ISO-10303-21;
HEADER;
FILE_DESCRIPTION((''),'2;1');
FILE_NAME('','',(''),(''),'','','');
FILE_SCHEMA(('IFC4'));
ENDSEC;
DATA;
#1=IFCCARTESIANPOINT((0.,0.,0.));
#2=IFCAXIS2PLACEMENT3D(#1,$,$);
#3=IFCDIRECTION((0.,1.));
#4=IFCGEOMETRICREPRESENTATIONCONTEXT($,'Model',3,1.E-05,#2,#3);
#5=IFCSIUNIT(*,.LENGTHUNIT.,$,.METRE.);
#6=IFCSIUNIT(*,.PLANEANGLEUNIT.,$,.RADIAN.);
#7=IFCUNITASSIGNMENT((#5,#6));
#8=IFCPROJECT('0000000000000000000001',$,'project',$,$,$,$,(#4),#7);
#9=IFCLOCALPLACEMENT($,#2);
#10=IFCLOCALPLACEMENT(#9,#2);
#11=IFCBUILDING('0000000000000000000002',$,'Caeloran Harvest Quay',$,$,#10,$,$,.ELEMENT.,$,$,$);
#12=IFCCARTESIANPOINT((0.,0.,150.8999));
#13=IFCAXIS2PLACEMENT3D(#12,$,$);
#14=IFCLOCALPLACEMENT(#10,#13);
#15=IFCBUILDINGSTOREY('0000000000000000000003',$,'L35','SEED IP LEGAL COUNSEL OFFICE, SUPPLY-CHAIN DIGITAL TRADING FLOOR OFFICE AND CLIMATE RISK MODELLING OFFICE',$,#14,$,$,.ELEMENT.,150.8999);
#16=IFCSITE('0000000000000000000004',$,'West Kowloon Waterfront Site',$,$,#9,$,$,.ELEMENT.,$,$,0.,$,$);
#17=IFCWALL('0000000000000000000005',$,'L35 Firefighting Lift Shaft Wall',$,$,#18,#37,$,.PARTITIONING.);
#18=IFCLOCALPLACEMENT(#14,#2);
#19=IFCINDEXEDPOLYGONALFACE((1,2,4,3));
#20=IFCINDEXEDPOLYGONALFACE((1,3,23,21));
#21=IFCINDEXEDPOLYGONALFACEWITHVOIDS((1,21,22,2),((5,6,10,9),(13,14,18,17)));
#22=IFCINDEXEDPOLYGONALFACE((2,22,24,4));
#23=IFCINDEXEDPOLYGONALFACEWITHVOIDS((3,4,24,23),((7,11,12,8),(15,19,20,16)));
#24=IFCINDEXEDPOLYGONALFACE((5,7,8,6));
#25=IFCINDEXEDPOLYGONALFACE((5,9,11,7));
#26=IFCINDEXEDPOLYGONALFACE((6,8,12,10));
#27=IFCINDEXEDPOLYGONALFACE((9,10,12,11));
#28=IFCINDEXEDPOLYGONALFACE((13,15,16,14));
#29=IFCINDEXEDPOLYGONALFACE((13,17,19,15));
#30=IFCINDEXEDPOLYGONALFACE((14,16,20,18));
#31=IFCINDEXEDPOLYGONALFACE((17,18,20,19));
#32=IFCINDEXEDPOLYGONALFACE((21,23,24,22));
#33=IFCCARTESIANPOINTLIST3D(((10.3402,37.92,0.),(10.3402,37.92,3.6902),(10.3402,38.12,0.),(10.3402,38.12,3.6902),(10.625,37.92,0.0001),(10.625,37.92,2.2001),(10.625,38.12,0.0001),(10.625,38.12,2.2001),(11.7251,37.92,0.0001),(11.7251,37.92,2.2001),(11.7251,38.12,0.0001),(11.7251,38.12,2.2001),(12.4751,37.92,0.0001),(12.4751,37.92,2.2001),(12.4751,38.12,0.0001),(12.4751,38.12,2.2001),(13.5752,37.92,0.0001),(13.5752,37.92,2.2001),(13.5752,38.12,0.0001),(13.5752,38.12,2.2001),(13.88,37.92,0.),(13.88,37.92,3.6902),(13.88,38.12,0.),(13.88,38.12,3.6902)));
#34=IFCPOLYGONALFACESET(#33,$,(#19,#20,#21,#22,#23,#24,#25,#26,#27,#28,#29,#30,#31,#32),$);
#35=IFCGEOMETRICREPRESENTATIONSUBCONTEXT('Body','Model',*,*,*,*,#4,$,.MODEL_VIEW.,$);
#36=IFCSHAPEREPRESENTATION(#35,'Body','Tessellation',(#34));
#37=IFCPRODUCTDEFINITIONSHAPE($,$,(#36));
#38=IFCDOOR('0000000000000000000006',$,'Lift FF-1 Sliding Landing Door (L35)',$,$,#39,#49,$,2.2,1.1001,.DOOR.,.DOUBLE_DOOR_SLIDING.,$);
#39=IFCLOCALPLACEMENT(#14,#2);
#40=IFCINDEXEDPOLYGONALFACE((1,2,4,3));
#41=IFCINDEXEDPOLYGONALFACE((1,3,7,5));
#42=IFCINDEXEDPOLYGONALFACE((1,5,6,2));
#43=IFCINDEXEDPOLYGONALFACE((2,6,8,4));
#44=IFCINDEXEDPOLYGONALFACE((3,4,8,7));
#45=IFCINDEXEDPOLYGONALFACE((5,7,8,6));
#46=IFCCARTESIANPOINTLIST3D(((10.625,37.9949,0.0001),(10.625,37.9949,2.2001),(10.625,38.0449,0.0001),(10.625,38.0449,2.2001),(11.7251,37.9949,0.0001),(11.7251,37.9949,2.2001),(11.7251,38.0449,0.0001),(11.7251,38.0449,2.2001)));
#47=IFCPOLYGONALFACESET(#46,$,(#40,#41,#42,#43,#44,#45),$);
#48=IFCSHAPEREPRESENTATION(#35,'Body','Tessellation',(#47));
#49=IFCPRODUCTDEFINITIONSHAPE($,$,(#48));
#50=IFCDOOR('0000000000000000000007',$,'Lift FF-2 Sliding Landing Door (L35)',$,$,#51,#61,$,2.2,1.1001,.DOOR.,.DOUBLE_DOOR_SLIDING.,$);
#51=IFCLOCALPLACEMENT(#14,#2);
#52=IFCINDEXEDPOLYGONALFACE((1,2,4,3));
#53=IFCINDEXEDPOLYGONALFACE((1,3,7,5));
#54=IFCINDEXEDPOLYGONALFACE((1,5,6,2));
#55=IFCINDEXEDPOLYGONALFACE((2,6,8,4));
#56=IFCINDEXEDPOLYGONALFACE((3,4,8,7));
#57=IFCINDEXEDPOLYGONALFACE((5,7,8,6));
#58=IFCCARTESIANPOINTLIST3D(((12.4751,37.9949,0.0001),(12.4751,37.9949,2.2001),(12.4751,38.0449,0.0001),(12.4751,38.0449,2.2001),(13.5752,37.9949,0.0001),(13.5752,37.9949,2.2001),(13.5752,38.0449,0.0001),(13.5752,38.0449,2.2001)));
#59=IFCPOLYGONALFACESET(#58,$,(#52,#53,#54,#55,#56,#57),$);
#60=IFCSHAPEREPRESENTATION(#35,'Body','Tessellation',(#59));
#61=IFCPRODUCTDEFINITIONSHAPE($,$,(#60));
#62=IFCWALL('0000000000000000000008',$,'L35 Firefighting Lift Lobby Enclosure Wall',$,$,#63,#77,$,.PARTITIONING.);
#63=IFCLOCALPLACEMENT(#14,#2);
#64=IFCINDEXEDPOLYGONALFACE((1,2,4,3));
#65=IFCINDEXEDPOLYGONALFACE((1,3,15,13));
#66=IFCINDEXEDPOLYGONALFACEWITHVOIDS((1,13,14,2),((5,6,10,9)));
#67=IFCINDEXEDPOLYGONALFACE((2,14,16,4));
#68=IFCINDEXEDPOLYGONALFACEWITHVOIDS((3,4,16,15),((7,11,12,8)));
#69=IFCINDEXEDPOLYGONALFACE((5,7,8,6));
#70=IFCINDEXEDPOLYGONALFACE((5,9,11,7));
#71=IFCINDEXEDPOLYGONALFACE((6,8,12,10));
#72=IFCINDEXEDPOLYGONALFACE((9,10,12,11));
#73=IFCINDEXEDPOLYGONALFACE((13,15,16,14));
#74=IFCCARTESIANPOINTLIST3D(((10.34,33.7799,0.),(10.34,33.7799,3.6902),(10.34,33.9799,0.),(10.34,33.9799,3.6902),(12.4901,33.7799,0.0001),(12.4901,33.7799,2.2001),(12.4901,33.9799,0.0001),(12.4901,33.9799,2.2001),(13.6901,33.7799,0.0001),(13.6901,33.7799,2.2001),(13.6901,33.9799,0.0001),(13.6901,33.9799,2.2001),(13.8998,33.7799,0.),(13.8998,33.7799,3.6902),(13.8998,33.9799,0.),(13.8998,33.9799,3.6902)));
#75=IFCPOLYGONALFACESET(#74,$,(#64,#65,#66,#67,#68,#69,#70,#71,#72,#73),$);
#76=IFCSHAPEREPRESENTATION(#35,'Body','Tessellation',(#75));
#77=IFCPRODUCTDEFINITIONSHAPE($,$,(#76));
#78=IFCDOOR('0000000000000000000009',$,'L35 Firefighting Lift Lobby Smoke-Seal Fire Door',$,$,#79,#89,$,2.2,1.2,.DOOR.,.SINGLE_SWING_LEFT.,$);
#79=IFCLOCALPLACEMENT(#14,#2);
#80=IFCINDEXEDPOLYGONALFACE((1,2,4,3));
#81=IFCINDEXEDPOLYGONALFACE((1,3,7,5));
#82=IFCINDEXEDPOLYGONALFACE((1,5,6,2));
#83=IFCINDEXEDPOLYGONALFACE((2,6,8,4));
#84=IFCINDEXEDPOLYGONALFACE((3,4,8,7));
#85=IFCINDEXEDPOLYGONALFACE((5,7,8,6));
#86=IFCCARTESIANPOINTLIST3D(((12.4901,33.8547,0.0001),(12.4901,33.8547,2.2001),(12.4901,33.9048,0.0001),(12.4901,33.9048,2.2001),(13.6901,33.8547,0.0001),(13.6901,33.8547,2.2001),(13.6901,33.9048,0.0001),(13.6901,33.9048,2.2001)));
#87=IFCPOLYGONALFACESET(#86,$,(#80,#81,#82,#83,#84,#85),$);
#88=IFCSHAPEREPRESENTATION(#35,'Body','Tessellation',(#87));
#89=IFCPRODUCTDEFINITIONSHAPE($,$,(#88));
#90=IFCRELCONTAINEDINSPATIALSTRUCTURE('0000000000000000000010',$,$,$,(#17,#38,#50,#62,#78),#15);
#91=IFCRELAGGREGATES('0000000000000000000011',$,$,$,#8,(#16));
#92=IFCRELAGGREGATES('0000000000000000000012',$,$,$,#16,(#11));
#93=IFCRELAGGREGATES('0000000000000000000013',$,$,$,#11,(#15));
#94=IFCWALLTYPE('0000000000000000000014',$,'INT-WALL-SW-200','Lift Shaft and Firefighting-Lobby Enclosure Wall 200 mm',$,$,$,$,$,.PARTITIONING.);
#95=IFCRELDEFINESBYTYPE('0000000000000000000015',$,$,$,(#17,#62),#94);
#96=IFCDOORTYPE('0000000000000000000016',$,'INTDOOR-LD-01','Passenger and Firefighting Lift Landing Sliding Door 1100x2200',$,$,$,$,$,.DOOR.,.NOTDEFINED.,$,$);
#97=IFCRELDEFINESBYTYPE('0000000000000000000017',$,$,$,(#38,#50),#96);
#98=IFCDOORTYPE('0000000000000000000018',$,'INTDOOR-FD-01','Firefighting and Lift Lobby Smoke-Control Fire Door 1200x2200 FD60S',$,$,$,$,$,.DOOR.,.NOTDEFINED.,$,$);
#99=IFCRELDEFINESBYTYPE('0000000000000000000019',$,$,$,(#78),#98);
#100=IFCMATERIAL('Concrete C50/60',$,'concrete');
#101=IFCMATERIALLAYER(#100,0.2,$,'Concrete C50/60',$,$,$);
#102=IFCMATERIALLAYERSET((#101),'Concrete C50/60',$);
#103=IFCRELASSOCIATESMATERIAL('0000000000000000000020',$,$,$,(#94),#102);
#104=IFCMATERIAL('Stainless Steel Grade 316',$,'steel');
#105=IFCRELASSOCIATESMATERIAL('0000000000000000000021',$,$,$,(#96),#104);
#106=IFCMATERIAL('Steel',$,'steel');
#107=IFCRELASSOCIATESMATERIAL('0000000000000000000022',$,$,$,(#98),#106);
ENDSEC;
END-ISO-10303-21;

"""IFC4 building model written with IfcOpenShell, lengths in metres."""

from ifc_helpers import new_model, si_unit, direction, frame, frame_2d, origin, place, context, subcontext, project, spatial, rectangle, extrude, material, layer, layer_set, type_object, element, fill, save


model = new_model("IFC4")

# Units and contexts
model_context = context("Model", 3, precision=1e-05, world=origin(), true_north=direction((0.0, 1.0)))
body_context = subcontext(model_context, "Body", "Model", "MODEL_VIEW")
ifc_project = project(units=[si_unit("LENGTHUNIT", "METRE"), si_unit("PLANEANGLEUNIT", "RADIAN")], contexts=[model_context])

# Site, building, storey
site_placement = place(None, origin())
site = spatial("IfcSite", under=ifc_project, at=site_placement, Name="West Kowloon Waterfront Site", CompositionType="ELEMENT", RefElevation=0.0)
building_placement = place(site_placement, origin())
building = spatial("IfcBuilding", under=site, at=building_placement, Name="Caeloran Harvest Quay", CompositionType="ELEMENT")
storey_placement = place(building_placement, frame((0.0, 0.0, 150.8999)))
storey = spatial("IfcBuildingStorey", under=building, at=storey_placement, Name="L35", Description="SEED IP LEGAL COUNSEL OFFICE, SUPPLY-CHAIN DIGITAL TRADING FLOOR OFFICE AND CLIMATE RISK MODELLING OFFICE", CompositionType="ELEMENT", Elevation=150.8999)

# Shared definitions
ifc_material_1 = material(Name="Concrete C50/60", Category="concrete")
ifc_layer_1 = layer(ifc_material_1, 0.2, Name="Concrete C50/60")
ifc_layer_set_1 = layer_set([ifc_layer_1], Name="Concrete C50/60")
wall_type_1 = type_object("IfcWallType", Name="INT-WALL-SW-200", Description="Lift Shaft and Firefighting-Lobby Enclosure Wall 200 mm", PredefinedType="PARTITIONING", material=ifc_layer_set_1)

# Wall, openings, doors
wall_1_placement = place(storey_placement, frame((10.3401, 38.02, 0.0), z_axis=(0.0, 0.0, 1.0), x_axis=(1.0, 0.0, 0.0)))
wall_1 = element("IfcWall", 1, at=wall_1_placement, inside=storey, type_object=wall_type_1, Name="L35 Firefighting Lift Shaft Wall", PredefinedType="PARTITIONING", context=body_context, shape_type="SweptSolid", body=[
    extrude(rectangle(XDim=3.5398, YDim=0.2, at=frame_2d((1.77, 0.0))), origin(), (0.0, 0.0, 1.0), 3.6902),
])
opening_1_placement = place(wall_1_placement, frame((0.2849, 0.0, 0.0)))
opening_1 = element("IfcOpeningElement", 2, at=opening_1_placement, cuts=wall_1, PredefinedType="OPENING", context=body_context, shape_type="SweptSolid", body=[
    extrude(rectangle(XDim=1.1001, YDim=2.2, at=frame_2d((0.55, 1.1001))), frame((0.0, 0.1099, 0.0), z_axis=(0.0, -1.0, 0.0), x_axis=(1.0, 0.0, 0.0)), (0.0, 0.0, 1.0), 0.22),
])
opening_2_placement = place(wall_1_placement, frame((2.135, 0.0, 0.0)))
opening_2 = element("IfcOpeningElement", 3, at=opening_2_placement, cuts=wall_1, PredefinedType="OPENING", context=body_context, shape_type="SweptSolid", body=[
    extrude(rectangle(XDim=1.1001, YDim=2.2, at=frame_2d((0.55, 1.1001))), frame((0.0, 0.1099, 0.0), z_axis=(0.0, -1.0, 0.0), x_axis=(1.0, 0.0, 0.0)), (0.0, 0.0, 1.0), 0.22),
])
ifc_material_2 = material(Name="Stainless Steel Grade 316", Category="steel")
door_type_1 = type_object("IfcDoorType", Name="INTDOOR-LD-01", Description="Passenger and Firefighting Lift Landing Sliding Door 1100x2200", OperationType="NOTDEFINED", PredefinedType="DOOR", material=ifc_material_2)
door_1_placement = place(opening_1_placement, origin())
door_1 = element("IfcDoor", 4, at=door_1_placement, inside=storey, type_object=door_type_1, Name="Lift FF-1 Sliding Landing Door (L35)", OperationType="DOUBLE_DOOR_SLIDING", OverallHeight=2.2, OverallWidth=1.1001, PredefinedType="DOOR", context=body_context, shape_type="SweptSolid", body=[
    extrude(rectangle(XDim=1.1001, YDim=2.2, at=frame_2d((0.55, 1.1001))), frame((0.0, 0.0249, 0.0), z_axis=(0.0, -1.0, 0.0), x_axis=(1.0, 0.0, 0.0)), (0.0, 0.0, 1.0), 0.05),
])
fill(opening_1, door_1)
door_2_placement = place(opening_2_placement, origin())
door_2 = element("IfcDoor", 5, at=door_2_placement, inside=storey, type_object=door_type_1, Name="Lift FF-2 Sliding Landing Door (L35)", OperationType="DOUBLE_DOOR_SLIDING", OverallHeight=2.2, OverallWidth=1.1001, PredefinedType="DOOR", context=body_context, shape_type="SweptSolid", body=[
    extrude(rectangle(XDim=1.1001, YDim=2.2, at=frame_2d((0.55, 1.1001))), frame((0.0, 0.0249, 0.0), z_axis=(0.0, -1.0, 0.0), x_axis=(1.0, 0.0, 0.0)), (0.0, 0.0, 1.0), 0.05),
])
fill(opening_2, door_2)

# Wall, opening, door
wall_2_placement = place(storey_placement, frame((10.3401, 33.8799, 0.0), z_axis=(0.0, 0.0, 1.0), x_axis=(1.0, 0.0, 0.0)))
wall_2 = element("IfcWall", 6, at=wall_2_placement, inside=storey, type_object=wall_type_1, Name="L35 Firefighting Lift Lobby Enclosure Wall", PredefinedType="PARTITIONING", context=body_context, shape_type="SweptSolid", body=[
    extrude(rectangle(XDim=3.5598, YDim=0.2, at=frame_2d((1.7798, 0.0))), origin(), (0.0, 0.0, 1.0), 3.6902),
])
opening_3_placement = place(wall_2_placement, frame((2.1499, 0.0, 0.0)))
opening_3 = element("IfcOpeningElement", 7, at=opening_3_placement, cuts=wall_2, PredefinedType="OPENING", context=body_context, shape_type="SweptSolid", body=[
    extrude(rectangle(XDim=1.2, YDim=2.2, at=frame_2d((0.6001, 1.1001))), frame((0.0, 0.1099, 0.0), z_axis=(0.0, -1.0, 0.0), x_axis=(1.0, 0.0, 0.0)), (0.0, 0.0, 1.0), 0.22),
])
ifc_material_3 = material(Name="Steel", Category="steel")
door_type_2 = type_object("IfcDoorType", Name="INTDOOR-FD-01", Description="Firefighting and Lift Lobby Smoke-Control Fire Door 1200x2200 FD60S", OperationType="NOTDEFINED", PredefinedType="DOOR", material=ifc_material_3)
door_3_placement = place(opening_3_placement, origin())
door_3 = element("IfcDoor", 8, at=door_3_placement, inside=storey, type_object=door_type_2, Name="L35 Firefighting Lift Lobby Smoke-Seal Fire Door", OperationType="SINGLE_SWING_LEFT", OverallHeight=2.2, OverallWidth=1.2, PredefinedType="DOOR", context=body_context, shape_type="SweptSolid", body=[
    extrude(rectangle(XDim=1.2, YDim=2.2, at=frame_2d((0.6001, 1.1001))), frame((0.0, 0.0249, 0.0), z_axis=(0.0, -1.0, 0.0), x_axis=(1.0, 0.0, 0.0)), (0.0, 0.0, 1.0), 0.05),
])
fill(opening_3, door_3)

save(model, "model.ifc")
